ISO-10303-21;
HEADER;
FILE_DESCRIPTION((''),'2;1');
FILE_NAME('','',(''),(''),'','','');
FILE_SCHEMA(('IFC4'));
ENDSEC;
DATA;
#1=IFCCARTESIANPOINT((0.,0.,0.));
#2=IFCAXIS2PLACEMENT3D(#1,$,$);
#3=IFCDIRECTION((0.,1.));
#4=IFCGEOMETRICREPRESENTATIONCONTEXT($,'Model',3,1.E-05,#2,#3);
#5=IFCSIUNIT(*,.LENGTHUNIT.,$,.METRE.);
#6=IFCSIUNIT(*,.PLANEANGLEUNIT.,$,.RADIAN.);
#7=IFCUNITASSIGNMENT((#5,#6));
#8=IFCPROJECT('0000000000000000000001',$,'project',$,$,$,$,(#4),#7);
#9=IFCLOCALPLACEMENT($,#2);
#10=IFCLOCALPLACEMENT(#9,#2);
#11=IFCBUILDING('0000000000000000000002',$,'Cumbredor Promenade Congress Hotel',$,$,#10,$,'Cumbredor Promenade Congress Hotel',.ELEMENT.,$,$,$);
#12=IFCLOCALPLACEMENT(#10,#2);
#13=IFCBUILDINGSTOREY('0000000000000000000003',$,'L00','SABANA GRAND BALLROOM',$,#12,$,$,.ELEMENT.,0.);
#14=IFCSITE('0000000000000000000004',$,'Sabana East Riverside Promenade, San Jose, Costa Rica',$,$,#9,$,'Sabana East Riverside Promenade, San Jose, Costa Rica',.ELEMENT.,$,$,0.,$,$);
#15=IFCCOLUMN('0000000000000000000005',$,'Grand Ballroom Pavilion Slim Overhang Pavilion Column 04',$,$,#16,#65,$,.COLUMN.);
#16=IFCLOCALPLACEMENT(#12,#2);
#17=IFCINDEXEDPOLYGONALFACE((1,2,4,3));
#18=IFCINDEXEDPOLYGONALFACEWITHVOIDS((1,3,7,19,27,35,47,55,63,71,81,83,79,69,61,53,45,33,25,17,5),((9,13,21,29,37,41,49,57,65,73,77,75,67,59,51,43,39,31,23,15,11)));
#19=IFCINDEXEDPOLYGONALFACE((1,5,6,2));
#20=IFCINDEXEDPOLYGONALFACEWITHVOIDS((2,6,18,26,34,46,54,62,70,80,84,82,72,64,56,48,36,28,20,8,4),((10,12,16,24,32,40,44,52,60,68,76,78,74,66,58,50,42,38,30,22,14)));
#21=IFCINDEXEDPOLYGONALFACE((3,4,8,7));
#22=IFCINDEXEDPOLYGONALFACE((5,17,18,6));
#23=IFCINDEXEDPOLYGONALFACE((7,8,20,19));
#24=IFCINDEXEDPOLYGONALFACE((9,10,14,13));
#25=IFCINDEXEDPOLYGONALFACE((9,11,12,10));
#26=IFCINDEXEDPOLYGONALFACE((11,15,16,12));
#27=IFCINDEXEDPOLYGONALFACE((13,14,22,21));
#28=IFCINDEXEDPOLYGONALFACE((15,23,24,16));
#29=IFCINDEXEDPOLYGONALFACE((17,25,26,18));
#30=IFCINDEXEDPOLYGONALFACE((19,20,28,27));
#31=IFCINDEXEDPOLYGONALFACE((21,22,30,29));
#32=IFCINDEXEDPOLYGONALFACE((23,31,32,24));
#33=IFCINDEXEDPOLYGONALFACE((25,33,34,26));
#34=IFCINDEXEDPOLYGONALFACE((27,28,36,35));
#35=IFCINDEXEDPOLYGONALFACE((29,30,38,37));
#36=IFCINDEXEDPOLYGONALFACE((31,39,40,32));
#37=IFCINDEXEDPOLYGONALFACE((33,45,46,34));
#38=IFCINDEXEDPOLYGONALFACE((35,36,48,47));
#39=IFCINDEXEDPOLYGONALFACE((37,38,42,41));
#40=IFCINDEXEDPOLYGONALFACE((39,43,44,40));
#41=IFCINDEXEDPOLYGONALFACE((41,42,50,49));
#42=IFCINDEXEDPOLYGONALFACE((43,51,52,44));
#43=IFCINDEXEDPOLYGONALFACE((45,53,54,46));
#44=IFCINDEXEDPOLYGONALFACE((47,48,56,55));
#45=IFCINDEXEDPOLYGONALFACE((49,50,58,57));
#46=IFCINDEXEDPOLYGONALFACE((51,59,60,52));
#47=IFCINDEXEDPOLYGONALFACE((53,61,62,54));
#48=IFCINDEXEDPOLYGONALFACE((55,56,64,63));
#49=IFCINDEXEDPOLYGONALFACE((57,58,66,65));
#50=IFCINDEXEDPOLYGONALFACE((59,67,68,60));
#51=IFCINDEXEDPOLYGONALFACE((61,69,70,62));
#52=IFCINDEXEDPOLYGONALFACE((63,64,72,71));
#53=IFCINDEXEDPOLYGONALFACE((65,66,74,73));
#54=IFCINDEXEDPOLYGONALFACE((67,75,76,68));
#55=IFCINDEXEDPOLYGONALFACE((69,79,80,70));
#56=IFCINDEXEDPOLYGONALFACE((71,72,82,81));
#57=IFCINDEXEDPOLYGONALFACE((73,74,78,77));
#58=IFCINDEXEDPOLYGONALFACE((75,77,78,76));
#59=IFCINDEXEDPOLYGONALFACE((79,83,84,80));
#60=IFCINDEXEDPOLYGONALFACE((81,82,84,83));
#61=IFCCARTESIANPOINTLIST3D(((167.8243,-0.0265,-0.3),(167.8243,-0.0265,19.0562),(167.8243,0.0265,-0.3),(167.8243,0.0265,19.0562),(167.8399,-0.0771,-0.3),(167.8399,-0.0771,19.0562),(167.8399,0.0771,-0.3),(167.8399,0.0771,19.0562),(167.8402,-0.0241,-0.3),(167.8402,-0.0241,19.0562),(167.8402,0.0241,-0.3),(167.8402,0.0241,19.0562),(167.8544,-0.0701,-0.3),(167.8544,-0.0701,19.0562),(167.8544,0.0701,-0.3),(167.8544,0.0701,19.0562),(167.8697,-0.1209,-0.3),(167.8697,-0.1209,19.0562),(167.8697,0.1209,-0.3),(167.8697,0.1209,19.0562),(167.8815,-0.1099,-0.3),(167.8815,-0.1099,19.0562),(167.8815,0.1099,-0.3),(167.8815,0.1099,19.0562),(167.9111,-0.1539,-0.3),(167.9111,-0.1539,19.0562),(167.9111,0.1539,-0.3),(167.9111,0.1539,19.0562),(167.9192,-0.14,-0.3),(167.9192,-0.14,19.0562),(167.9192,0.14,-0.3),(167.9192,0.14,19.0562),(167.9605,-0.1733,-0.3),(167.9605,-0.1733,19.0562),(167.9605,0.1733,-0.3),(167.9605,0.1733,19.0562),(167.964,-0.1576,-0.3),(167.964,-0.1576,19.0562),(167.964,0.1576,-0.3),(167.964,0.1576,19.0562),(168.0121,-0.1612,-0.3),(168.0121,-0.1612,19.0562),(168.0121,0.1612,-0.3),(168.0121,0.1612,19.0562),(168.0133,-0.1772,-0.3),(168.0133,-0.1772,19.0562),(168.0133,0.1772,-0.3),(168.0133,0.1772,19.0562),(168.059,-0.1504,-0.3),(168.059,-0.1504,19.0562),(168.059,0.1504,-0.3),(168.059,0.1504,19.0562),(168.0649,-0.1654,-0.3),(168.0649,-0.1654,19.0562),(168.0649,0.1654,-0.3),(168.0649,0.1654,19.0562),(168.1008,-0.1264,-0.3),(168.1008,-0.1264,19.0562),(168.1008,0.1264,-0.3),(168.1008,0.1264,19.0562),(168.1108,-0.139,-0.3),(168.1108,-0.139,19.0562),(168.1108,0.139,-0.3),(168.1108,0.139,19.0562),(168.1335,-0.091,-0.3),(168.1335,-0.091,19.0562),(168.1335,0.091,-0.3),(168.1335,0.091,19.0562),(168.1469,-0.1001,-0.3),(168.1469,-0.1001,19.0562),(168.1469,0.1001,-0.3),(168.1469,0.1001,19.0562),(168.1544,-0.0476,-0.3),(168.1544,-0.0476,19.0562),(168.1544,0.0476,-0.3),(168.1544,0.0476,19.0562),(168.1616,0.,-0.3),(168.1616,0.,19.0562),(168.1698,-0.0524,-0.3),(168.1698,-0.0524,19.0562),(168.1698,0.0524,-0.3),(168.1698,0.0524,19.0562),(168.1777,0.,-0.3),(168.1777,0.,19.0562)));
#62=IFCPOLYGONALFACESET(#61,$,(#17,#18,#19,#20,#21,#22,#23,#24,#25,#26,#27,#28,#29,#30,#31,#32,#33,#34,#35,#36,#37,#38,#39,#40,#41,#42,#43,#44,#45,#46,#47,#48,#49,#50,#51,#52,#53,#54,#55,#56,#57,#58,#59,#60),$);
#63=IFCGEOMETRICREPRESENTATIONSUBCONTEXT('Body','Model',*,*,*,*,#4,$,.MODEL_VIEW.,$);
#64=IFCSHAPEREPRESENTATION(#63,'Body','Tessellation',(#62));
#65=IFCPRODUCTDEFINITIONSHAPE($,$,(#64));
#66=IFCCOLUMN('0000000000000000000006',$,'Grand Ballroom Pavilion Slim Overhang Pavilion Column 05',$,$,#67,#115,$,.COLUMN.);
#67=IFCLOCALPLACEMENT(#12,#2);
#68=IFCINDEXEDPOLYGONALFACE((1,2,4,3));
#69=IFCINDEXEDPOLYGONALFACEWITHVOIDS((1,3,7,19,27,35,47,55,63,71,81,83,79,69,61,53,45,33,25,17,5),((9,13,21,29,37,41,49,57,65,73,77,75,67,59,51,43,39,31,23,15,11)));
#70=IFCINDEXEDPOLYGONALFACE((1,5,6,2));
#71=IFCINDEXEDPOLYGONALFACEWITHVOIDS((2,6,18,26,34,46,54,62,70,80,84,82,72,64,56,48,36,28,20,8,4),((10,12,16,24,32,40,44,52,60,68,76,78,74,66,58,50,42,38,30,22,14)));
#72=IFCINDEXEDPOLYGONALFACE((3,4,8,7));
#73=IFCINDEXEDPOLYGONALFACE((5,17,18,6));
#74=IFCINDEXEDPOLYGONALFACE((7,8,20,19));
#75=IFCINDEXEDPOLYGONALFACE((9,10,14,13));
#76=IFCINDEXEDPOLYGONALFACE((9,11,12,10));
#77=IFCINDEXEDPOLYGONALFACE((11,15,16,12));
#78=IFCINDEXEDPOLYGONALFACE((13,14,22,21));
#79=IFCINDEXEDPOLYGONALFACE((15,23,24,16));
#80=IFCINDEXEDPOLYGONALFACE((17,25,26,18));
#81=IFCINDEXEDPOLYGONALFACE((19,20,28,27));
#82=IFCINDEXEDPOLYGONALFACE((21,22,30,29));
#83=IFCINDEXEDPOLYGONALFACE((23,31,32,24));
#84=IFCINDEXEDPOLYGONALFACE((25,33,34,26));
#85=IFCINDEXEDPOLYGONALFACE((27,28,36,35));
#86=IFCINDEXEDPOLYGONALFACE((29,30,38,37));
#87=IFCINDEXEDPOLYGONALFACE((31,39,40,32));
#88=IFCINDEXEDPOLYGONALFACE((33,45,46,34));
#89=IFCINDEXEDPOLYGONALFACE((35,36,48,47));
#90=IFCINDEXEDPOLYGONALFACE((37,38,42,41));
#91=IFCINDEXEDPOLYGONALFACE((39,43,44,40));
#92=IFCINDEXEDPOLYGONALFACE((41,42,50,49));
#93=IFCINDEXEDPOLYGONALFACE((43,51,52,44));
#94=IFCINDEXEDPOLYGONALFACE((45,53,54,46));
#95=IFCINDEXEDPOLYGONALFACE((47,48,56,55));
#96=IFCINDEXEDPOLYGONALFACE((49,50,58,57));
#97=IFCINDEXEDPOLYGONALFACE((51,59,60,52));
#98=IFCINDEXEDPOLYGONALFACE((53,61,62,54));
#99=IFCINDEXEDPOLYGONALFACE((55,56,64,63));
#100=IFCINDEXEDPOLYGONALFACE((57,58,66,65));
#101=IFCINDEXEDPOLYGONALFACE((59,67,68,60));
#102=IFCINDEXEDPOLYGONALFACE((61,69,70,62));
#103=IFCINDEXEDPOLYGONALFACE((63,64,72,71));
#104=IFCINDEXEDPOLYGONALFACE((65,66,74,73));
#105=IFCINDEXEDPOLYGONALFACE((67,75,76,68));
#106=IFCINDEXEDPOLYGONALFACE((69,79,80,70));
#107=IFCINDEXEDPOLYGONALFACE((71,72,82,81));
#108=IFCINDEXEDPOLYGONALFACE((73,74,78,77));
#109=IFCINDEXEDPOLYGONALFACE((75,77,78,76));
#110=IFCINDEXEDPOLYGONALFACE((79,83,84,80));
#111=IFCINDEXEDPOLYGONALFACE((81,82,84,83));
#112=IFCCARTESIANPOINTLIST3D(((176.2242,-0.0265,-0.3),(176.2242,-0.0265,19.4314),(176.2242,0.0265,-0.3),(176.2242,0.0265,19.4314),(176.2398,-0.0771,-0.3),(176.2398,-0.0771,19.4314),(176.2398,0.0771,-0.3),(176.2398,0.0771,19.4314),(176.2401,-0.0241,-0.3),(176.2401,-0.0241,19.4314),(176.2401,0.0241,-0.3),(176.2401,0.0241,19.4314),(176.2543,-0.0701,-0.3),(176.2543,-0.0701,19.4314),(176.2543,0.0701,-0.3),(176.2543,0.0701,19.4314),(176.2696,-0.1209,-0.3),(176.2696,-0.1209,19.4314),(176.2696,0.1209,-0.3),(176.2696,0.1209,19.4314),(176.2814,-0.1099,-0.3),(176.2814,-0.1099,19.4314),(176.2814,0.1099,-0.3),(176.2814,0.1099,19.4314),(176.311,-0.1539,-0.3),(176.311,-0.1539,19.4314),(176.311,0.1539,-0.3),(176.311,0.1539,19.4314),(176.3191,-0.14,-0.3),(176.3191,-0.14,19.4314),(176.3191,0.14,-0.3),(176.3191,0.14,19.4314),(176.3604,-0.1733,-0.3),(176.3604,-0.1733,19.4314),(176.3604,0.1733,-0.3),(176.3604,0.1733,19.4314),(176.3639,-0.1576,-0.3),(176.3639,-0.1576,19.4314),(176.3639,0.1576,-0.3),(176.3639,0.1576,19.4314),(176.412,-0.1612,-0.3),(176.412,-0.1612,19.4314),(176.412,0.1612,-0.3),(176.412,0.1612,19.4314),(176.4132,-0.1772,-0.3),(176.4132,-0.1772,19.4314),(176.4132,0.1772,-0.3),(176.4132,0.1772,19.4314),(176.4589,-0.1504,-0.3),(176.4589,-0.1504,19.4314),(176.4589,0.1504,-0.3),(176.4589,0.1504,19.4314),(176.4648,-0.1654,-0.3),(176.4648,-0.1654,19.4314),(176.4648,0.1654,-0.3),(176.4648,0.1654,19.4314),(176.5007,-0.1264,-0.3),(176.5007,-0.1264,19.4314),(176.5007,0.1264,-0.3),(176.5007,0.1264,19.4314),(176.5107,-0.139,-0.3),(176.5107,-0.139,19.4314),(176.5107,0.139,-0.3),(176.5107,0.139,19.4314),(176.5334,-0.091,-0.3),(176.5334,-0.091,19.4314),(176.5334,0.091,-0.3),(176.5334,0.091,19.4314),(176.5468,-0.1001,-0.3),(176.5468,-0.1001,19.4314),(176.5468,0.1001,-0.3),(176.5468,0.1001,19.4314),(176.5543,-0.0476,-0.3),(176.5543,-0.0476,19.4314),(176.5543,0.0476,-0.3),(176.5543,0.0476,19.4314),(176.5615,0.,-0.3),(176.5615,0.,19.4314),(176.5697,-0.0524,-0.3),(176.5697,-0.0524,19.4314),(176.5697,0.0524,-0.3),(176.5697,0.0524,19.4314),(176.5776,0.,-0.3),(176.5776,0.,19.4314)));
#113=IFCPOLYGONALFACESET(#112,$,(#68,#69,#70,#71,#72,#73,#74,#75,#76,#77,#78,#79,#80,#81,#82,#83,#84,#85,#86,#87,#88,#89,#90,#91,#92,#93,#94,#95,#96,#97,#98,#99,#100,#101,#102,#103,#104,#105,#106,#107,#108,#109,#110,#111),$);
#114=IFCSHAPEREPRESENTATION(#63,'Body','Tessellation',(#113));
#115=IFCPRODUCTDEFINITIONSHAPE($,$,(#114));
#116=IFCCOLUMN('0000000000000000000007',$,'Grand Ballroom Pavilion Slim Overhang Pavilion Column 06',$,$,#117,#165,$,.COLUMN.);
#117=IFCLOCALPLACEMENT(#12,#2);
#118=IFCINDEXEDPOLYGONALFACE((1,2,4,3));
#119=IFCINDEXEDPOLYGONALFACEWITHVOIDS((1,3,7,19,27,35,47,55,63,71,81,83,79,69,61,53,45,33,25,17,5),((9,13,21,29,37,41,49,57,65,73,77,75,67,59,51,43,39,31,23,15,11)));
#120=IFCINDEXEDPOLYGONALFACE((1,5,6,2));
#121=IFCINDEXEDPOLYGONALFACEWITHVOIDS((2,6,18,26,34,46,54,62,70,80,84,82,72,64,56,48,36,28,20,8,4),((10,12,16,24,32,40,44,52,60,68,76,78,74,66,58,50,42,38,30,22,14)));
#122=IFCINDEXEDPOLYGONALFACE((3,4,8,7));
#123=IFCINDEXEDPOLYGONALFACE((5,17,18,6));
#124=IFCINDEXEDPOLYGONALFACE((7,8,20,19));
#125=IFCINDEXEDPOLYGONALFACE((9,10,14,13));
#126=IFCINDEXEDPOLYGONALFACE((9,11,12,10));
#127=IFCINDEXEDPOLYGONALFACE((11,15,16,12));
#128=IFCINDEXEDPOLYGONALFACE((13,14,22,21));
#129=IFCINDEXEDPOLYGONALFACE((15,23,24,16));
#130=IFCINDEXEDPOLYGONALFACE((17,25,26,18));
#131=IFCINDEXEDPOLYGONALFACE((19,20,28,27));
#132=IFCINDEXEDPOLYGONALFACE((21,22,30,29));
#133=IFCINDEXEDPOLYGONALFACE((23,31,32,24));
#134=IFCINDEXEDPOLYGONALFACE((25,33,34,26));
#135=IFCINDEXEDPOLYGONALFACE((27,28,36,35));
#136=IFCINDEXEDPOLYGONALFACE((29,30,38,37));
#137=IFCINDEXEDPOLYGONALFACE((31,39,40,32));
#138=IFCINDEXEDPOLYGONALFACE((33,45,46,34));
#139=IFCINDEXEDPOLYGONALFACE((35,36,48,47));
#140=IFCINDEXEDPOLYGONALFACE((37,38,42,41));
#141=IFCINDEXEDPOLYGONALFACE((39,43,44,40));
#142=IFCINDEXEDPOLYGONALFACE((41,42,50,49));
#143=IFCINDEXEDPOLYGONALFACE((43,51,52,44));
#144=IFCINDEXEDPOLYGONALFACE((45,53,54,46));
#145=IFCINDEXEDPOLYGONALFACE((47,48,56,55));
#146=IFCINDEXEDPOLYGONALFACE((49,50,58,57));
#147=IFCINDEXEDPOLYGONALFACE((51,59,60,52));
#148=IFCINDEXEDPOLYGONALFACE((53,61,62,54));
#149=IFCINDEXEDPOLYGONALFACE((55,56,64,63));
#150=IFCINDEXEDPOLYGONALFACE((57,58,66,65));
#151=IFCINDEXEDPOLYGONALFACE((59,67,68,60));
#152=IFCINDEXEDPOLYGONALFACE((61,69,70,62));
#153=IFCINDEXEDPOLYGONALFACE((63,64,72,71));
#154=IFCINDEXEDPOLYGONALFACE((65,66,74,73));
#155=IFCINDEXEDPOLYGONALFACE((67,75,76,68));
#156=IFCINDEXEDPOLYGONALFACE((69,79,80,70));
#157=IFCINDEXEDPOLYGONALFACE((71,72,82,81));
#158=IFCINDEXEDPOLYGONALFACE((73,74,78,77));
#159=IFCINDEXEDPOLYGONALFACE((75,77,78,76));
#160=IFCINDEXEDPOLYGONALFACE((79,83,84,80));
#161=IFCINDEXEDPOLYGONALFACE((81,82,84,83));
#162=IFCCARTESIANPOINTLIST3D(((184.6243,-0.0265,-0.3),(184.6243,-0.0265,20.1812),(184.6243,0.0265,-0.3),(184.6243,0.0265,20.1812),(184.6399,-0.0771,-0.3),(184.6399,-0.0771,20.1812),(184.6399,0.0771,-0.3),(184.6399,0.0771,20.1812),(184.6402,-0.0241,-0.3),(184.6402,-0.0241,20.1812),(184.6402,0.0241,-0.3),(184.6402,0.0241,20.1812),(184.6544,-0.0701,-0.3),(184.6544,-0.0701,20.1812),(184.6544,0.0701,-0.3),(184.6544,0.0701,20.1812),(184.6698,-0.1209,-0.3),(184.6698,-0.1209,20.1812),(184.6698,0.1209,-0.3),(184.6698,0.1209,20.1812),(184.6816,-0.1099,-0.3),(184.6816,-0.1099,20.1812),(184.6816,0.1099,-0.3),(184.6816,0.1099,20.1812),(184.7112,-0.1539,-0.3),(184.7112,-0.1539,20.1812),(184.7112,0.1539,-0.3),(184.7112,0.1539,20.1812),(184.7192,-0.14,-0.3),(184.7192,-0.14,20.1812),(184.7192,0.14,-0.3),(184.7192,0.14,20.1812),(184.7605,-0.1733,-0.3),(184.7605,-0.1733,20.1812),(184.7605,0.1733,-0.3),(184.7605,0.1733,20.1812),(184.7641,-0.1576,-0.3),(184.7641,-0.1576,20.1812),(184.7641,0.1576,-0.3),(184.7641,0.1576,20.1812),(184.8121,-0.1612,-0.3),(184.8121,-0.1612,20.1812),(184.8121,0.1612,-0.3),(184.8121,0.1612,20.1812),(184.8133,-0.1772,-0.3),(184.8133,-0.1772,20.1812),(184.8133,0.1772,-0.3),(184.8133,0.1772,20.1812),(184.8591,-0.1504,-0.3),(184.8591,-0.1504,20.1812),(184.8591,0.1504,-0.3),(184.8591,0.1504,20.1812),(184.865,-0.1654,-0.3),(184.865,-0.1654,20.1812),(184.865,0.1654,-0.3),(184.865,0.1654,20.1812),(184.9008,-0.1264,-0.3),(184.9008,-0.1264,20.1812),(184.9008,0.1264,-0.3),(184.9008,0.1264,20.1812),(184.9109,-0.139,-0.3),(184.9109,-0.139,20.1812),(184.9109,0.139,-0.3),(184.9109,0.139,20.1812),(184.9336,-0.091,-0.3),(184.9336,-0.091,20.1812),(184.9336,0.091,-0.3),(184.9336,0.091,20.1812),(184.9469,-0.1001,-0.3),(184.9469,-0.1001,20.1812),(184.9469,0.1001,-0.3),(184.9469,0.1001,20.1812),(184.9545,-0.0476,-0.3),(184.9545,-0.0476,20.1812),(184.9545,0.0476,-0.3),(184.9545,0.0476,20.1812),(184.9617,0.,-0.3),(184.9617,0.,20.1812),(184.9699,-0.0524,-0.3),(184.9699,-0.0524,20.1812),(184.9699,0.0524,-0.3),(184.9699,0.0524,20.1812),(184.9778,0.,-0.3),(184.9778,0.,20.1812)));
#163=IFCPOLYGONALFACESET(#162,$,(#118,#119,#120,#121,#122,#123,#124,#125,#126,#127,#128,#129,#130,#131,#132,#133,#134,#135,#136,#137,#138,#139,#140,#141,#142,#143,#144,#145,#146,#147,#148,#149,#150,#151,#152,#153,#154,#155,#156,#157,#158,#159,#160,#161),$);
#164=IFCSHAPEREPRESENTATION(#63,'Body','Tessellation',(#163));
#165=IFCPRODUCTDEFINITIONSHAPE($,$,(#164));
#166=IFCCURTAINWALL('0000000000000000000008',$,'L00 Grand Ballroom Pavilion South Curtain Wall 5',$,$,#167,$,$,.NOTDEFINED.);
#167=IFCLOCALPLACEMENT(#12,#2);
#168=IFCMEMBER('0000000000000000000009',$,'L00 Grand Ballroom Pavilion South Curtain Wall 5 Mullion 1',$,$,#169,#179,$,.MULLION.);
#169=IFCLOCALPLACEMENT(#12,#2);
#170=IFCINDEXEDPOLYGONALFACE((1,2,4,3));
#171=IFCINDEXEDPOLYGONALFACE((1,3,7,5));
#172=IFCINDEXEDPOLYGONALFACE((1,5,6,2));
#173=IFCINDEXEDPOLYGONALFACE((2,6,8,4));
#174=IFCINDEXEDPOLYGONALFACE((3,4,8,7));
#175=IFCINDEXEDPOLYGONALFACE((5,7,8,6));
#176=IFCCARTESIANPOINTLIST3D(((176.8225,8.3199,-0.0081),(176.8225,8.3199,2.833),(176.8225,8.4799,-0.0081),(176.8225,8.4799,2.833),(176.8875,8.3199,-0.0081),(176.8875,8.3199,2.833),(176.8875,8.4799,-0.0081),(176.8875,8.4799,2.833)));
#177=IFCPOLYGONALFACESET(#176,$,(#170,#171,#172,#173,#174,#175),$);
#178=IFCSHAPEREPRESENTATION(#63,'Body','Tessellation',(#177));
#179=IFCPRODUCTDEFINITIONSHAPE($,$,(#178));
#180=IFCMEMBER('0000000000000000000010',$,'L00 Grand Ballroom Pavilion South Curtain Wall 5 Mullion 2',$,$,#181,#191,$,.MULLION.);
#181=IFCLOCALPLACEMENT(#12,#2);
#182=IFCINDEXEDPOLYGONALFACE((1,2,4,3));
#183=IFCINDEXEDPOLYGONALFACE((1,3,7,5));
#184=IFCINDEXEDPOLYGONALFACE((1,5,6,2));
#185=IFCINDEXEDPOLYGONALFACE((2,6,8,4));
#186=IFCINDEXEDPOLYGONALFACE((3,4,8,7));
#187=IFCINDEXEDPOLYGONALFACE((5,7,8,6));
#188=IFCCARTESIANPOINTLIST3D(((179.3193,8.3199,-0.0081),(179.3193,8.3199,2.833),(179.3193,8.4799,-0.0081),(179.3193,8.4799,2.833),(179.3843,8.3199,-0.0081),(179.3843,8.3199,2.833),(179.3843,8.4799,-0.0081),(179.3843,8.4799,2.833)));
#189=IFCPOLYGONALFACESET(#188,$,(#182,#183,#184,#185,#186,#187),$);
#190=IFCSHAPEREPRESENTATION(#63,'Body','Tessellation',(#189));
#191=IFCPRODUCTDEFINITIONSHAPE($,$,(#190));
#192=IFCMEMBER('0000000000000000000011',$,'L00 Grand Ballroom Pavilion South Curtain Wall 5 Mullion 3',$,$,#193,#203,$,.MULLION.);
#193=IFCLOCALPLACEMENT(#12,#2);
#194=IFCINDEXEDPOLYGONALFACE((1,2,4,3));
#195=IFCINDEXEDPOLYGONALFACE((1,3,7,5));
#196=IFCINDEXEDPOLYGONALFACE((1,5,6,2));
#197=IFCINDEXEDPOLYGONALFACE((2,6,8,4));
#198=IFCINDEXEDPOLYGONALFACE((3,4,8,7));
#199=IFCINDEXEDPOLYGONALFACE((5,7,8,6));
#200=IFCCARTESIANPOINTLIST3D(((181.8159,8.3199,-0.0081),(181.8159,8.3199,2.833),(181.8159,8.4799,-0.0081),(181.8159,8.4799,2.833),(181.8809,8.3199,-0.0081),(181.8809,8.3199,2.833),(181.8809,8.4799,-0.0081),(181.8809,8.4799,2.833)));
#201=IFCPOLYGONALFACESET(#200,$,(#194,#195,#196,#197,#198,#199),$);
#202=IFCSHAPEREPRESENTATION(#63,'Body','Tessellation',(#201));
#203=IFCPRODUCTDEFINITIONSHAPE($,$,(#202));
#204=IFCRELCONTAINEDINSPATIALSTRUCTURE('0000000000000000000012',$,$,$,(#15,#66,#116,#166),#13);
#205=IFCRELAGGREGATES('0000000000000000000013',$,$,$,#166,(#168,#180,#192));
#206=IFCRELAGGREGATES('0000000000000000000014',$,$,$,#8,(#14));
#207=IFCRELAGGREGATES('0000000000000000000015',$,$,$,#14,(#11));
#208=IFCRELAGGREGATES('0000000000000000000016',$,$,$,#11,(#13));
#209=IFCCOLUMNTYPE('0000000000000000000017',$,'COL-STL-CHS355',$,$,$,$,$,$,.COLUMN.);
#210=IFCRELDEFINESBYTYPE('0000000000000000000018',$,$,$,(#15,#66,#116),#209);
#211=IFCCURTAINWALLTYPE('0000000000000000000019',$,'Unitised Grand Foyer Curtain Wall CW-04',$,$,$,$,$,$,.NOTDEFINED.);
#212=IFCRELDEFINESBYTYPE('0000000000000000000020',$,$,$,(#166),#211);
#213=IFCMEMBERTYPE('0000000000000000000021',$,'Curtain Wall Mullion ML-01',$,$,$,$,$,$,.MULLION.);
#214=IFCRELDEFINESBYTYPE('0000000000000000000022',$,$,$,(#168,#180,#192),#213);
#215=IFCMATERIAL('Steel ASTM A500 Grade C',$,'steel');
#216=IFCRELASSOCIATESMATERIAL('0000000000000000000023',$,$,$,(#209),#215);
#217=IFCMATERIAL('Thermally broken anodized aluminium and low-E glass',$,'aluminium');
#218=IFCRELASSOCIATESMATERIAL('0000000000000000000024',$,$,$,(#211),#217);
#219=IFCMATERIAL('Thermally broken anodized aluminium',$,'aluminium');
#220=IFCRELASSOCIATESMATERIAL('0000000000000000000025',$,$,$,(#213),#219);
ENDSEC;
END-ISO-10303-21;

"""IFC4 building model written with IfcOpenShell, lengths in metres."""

from ifc_helpers import new_model, si_unit, direction, frame, origin, origin_2d, place, context, subcontext, project, spatial, rectangle, hollow_circle, extrude, material, material_profile, profile_set, type_object, element, aggregate, save


model = new_model("IFC4")

# Units and contexts
model_context = context("Model", 3, precision=1e-05, world=origin(), true_north=direction((0.0, 1.0)))
body_context = subcontext(model_context, "Body", "Model", "MODEL_VIEW")
ifc_project = project(units=[si_unit("LENGTHUNIT", "METRE"), si_unit("PLANEANGLEUNIT", "RADIAN")], contexts=[model_context])

# Site, building, storey
site_placement = place(None, origin())
site = spatial("IfcSite", under=ifc_project, at=site_placement, Name="Sabana East Riverside Promenade, San Jose, Costa Rica", LongName="Sabana East Riverside Promenade, San Jose, Costa Rica", CompositionType="ELEMENT", RefElevation=0.0)
building_placement = place(site_placement, origin())
building = spatial("IfcBuilding", under=site, at=building_placement, Name="Cumbredor Promenade Congress Hotel", LongName="Cumbredor Promenade Congress Hotel", CompositionType="ELEMENT")
storey_placement = place(building_placement, origin())
storey = spatial("IfcBuildingStorey", under=building, at=storey_placement, Name="L00", Description="SABANA GRAND BALLROOM", CompositionType="ELEMENT", Elevation=0.0)

# Columns
ifc_material_1 = material(Name="Steel ASTM A500 Grade C", Category="steel")
ifc_material_profile_1 = material_profile(ifc_material_1, hollow_circle(Radius=0.1777, WallThickness=0.0161, at=origin_2d()), Name="CHS 355.6x16")
ifc_profile_set_1 = profile_set([ifc_material_profile_1], Name="Steel ASTM A500 Grade C")
column_type_1 = type_object("IfcColumnType", Name="COL-STL-CHS355", PredefinedType="COLUMN", material=ifc_profile_set_1)
column_1_placement = place(storey_placement, frame((168.0, 0.0, -0.3), z_axis=(0.0, 0.0, 1.0), x_axis=(1.0, 0.0, 0.0)))
element("IfcColumn", 1, at=column_1_placement, inside=storey, type_object=column_type_1, Name="Grand Ballroom Pavilion Slim Overhang Pavilion Column 04", PredefinedType="COLUMN", context=body_context, shape_type="SweptSolid", body=[
    extrude(hollow_circle(Radius=0.1777, WallThickness=0.0161, at=origin_2d()), origin(), (0.0, 0.0, 1.0), 19.3562),
])
column_2_placement = place(storey_placement, frame((176.3999, 0.0, -0.3), z_axis=(0.0, 0.0, 1.0), x_axis=(1.0, 0.0, 0.0)))
element("IfcColumn", 2, at=column_2_placement, inside=storey, type_object=column_type_1, Name="Grand Ballroom Pavilion Slim Overhang Pavilion Column 05", PredefinedType="COLUMN", context=body_context, shape_type="SweptSolid", body=[
    extrude(hollow_circle(Radius=0.1777, WallThickness=0.0161, at=origin_2d()), origin(), (0.0, 0.0, 1.0), 19.7314),
])
column_3_placement = place(storey_placement, frame((184.8, 0.0, -0.3), z_axis=(0.0, 0.0, 1.0), x_axis=(1.0, 0.0, 0.0)))
element("IfcColumn", 3, at=column_3_placement, inside=storey, type_object=column_type_1, Name="Grand Ballroom Pavilion Slim Overhang Pavilion Column 06", PredefinedType="COLUMN", context=body_context, shape_type="SweptSolid", body=[
    extrude(hollow_circle(Radius=0.1777, WallThickness=0.0161, at=origin_2d()), origin(), (0.0, 0.0, 1.0), 20.4812),
])

# Curtain wall, members
ifc_material_2 = material(Name="Thermally broken anodized aluminium and low-E glass", Category="aluminium")
curtain_wall_type = type_object("IfcCurtainWallType", Name="Unitised Grand Foyer Curtain Wall CW-04", PredefinedType="NOTDEFINED", material=ifc_material_2)
curtain_wall_1_placement = place(storey_placement, origin())
curtain_wall_1 = element("IfcCurtainWall", 4, at=curtain_wall_1_placement, inside=storey, type_object=curtain_wall_type, Name="L00 Grand Ballroom Pavilion South Curtain Wall 5", PredefinedType="NOTDEFINED")
ifc_material_3 = material(Name="Thermally broken anodized aluminium", Category="aluminium")
ifc_material_profile_2 = material_profile(ifc_material_3, rectangle(XDim=0.0649, YDim=0.1599, at=origin_2d()), Name="ALU MULLION 65x160")
ifc_profile_set_2 = profile_set([ifc_material_profile_2], Name="Thermally broken anodized aluminium")
member_type_1 = type_object("IfcMemberType", Name="Curtain Wall Mullion ML-01", PredefinedType="MULLION", material=ifc_profile_set_2)
member_1_placement = place(storey_placement, frame((176.855, 8.3999, -0.0081), z_axis=(0.0, 0.0, 1.0), x_axis=(1.0, 0.0, 0.0)))
member_1 = element("IfcMember", 5, at=member_1_placement, type_object=member_type_1, Name="L00 Grand Ballroom Pavilion South Curtain Wall 5 Mullion 1", PredefinedType="MULLION", context=body_context, shape_type="SweptSolid", body=[
    extrude(rectangle(XDim=0.0649, YDim=0.1599, at=origin_2d()), origin(), (0.0, 0.0, 1.0), 2.8411),
])
member_2_placement = place(storey_placement, frame((179.3518, 8.3999, -0.0081), z_axis=(0.0, 0.0, 1.0), x_axis=(1.0, 0.0, 0.0)))
member_2 = element("IfcMember", 6, at=member_2_placement, type_object=member_type_1, Name="L00 Grand Ballroom Pavilion South Curtain Wall 5 Mullion 2", PredefinedType="MULLION", context=body_context, shape_type="SweptSolid", body=[
    extrude(rectangle(XDim=0.0649, YDim=0.1599, at=origin_2d()), origin(), (0.0, 0.0, 1.0), 2.8411),
])
member_3_placement = place(storey_placement, frame((181.8484, 8.3999, -0.0081), z_axis=(0.0, 0.0, 1.0), x_axis=(1.0, 0.0, 0.0)))
member_3 = element("IfcMember", 7, at=member_3_placement, type_object=member_type_1, Name="L00 Grand Ballroom Pavilion South Curtain Wall 5 Mullion 3", PredefinedType="MULLION", context=body_context, shape_type="SweptSolid", body=[
    extrude(rectangle(XDim=0.0649, YDim=0.1599, at=origin_2d()), origin(), (0.0, 0.0, 1.0), 2.8411),
])

aggregate(curtain_wall_1, [member_1, member_2, member_3])

save(model, "model.ifc")
